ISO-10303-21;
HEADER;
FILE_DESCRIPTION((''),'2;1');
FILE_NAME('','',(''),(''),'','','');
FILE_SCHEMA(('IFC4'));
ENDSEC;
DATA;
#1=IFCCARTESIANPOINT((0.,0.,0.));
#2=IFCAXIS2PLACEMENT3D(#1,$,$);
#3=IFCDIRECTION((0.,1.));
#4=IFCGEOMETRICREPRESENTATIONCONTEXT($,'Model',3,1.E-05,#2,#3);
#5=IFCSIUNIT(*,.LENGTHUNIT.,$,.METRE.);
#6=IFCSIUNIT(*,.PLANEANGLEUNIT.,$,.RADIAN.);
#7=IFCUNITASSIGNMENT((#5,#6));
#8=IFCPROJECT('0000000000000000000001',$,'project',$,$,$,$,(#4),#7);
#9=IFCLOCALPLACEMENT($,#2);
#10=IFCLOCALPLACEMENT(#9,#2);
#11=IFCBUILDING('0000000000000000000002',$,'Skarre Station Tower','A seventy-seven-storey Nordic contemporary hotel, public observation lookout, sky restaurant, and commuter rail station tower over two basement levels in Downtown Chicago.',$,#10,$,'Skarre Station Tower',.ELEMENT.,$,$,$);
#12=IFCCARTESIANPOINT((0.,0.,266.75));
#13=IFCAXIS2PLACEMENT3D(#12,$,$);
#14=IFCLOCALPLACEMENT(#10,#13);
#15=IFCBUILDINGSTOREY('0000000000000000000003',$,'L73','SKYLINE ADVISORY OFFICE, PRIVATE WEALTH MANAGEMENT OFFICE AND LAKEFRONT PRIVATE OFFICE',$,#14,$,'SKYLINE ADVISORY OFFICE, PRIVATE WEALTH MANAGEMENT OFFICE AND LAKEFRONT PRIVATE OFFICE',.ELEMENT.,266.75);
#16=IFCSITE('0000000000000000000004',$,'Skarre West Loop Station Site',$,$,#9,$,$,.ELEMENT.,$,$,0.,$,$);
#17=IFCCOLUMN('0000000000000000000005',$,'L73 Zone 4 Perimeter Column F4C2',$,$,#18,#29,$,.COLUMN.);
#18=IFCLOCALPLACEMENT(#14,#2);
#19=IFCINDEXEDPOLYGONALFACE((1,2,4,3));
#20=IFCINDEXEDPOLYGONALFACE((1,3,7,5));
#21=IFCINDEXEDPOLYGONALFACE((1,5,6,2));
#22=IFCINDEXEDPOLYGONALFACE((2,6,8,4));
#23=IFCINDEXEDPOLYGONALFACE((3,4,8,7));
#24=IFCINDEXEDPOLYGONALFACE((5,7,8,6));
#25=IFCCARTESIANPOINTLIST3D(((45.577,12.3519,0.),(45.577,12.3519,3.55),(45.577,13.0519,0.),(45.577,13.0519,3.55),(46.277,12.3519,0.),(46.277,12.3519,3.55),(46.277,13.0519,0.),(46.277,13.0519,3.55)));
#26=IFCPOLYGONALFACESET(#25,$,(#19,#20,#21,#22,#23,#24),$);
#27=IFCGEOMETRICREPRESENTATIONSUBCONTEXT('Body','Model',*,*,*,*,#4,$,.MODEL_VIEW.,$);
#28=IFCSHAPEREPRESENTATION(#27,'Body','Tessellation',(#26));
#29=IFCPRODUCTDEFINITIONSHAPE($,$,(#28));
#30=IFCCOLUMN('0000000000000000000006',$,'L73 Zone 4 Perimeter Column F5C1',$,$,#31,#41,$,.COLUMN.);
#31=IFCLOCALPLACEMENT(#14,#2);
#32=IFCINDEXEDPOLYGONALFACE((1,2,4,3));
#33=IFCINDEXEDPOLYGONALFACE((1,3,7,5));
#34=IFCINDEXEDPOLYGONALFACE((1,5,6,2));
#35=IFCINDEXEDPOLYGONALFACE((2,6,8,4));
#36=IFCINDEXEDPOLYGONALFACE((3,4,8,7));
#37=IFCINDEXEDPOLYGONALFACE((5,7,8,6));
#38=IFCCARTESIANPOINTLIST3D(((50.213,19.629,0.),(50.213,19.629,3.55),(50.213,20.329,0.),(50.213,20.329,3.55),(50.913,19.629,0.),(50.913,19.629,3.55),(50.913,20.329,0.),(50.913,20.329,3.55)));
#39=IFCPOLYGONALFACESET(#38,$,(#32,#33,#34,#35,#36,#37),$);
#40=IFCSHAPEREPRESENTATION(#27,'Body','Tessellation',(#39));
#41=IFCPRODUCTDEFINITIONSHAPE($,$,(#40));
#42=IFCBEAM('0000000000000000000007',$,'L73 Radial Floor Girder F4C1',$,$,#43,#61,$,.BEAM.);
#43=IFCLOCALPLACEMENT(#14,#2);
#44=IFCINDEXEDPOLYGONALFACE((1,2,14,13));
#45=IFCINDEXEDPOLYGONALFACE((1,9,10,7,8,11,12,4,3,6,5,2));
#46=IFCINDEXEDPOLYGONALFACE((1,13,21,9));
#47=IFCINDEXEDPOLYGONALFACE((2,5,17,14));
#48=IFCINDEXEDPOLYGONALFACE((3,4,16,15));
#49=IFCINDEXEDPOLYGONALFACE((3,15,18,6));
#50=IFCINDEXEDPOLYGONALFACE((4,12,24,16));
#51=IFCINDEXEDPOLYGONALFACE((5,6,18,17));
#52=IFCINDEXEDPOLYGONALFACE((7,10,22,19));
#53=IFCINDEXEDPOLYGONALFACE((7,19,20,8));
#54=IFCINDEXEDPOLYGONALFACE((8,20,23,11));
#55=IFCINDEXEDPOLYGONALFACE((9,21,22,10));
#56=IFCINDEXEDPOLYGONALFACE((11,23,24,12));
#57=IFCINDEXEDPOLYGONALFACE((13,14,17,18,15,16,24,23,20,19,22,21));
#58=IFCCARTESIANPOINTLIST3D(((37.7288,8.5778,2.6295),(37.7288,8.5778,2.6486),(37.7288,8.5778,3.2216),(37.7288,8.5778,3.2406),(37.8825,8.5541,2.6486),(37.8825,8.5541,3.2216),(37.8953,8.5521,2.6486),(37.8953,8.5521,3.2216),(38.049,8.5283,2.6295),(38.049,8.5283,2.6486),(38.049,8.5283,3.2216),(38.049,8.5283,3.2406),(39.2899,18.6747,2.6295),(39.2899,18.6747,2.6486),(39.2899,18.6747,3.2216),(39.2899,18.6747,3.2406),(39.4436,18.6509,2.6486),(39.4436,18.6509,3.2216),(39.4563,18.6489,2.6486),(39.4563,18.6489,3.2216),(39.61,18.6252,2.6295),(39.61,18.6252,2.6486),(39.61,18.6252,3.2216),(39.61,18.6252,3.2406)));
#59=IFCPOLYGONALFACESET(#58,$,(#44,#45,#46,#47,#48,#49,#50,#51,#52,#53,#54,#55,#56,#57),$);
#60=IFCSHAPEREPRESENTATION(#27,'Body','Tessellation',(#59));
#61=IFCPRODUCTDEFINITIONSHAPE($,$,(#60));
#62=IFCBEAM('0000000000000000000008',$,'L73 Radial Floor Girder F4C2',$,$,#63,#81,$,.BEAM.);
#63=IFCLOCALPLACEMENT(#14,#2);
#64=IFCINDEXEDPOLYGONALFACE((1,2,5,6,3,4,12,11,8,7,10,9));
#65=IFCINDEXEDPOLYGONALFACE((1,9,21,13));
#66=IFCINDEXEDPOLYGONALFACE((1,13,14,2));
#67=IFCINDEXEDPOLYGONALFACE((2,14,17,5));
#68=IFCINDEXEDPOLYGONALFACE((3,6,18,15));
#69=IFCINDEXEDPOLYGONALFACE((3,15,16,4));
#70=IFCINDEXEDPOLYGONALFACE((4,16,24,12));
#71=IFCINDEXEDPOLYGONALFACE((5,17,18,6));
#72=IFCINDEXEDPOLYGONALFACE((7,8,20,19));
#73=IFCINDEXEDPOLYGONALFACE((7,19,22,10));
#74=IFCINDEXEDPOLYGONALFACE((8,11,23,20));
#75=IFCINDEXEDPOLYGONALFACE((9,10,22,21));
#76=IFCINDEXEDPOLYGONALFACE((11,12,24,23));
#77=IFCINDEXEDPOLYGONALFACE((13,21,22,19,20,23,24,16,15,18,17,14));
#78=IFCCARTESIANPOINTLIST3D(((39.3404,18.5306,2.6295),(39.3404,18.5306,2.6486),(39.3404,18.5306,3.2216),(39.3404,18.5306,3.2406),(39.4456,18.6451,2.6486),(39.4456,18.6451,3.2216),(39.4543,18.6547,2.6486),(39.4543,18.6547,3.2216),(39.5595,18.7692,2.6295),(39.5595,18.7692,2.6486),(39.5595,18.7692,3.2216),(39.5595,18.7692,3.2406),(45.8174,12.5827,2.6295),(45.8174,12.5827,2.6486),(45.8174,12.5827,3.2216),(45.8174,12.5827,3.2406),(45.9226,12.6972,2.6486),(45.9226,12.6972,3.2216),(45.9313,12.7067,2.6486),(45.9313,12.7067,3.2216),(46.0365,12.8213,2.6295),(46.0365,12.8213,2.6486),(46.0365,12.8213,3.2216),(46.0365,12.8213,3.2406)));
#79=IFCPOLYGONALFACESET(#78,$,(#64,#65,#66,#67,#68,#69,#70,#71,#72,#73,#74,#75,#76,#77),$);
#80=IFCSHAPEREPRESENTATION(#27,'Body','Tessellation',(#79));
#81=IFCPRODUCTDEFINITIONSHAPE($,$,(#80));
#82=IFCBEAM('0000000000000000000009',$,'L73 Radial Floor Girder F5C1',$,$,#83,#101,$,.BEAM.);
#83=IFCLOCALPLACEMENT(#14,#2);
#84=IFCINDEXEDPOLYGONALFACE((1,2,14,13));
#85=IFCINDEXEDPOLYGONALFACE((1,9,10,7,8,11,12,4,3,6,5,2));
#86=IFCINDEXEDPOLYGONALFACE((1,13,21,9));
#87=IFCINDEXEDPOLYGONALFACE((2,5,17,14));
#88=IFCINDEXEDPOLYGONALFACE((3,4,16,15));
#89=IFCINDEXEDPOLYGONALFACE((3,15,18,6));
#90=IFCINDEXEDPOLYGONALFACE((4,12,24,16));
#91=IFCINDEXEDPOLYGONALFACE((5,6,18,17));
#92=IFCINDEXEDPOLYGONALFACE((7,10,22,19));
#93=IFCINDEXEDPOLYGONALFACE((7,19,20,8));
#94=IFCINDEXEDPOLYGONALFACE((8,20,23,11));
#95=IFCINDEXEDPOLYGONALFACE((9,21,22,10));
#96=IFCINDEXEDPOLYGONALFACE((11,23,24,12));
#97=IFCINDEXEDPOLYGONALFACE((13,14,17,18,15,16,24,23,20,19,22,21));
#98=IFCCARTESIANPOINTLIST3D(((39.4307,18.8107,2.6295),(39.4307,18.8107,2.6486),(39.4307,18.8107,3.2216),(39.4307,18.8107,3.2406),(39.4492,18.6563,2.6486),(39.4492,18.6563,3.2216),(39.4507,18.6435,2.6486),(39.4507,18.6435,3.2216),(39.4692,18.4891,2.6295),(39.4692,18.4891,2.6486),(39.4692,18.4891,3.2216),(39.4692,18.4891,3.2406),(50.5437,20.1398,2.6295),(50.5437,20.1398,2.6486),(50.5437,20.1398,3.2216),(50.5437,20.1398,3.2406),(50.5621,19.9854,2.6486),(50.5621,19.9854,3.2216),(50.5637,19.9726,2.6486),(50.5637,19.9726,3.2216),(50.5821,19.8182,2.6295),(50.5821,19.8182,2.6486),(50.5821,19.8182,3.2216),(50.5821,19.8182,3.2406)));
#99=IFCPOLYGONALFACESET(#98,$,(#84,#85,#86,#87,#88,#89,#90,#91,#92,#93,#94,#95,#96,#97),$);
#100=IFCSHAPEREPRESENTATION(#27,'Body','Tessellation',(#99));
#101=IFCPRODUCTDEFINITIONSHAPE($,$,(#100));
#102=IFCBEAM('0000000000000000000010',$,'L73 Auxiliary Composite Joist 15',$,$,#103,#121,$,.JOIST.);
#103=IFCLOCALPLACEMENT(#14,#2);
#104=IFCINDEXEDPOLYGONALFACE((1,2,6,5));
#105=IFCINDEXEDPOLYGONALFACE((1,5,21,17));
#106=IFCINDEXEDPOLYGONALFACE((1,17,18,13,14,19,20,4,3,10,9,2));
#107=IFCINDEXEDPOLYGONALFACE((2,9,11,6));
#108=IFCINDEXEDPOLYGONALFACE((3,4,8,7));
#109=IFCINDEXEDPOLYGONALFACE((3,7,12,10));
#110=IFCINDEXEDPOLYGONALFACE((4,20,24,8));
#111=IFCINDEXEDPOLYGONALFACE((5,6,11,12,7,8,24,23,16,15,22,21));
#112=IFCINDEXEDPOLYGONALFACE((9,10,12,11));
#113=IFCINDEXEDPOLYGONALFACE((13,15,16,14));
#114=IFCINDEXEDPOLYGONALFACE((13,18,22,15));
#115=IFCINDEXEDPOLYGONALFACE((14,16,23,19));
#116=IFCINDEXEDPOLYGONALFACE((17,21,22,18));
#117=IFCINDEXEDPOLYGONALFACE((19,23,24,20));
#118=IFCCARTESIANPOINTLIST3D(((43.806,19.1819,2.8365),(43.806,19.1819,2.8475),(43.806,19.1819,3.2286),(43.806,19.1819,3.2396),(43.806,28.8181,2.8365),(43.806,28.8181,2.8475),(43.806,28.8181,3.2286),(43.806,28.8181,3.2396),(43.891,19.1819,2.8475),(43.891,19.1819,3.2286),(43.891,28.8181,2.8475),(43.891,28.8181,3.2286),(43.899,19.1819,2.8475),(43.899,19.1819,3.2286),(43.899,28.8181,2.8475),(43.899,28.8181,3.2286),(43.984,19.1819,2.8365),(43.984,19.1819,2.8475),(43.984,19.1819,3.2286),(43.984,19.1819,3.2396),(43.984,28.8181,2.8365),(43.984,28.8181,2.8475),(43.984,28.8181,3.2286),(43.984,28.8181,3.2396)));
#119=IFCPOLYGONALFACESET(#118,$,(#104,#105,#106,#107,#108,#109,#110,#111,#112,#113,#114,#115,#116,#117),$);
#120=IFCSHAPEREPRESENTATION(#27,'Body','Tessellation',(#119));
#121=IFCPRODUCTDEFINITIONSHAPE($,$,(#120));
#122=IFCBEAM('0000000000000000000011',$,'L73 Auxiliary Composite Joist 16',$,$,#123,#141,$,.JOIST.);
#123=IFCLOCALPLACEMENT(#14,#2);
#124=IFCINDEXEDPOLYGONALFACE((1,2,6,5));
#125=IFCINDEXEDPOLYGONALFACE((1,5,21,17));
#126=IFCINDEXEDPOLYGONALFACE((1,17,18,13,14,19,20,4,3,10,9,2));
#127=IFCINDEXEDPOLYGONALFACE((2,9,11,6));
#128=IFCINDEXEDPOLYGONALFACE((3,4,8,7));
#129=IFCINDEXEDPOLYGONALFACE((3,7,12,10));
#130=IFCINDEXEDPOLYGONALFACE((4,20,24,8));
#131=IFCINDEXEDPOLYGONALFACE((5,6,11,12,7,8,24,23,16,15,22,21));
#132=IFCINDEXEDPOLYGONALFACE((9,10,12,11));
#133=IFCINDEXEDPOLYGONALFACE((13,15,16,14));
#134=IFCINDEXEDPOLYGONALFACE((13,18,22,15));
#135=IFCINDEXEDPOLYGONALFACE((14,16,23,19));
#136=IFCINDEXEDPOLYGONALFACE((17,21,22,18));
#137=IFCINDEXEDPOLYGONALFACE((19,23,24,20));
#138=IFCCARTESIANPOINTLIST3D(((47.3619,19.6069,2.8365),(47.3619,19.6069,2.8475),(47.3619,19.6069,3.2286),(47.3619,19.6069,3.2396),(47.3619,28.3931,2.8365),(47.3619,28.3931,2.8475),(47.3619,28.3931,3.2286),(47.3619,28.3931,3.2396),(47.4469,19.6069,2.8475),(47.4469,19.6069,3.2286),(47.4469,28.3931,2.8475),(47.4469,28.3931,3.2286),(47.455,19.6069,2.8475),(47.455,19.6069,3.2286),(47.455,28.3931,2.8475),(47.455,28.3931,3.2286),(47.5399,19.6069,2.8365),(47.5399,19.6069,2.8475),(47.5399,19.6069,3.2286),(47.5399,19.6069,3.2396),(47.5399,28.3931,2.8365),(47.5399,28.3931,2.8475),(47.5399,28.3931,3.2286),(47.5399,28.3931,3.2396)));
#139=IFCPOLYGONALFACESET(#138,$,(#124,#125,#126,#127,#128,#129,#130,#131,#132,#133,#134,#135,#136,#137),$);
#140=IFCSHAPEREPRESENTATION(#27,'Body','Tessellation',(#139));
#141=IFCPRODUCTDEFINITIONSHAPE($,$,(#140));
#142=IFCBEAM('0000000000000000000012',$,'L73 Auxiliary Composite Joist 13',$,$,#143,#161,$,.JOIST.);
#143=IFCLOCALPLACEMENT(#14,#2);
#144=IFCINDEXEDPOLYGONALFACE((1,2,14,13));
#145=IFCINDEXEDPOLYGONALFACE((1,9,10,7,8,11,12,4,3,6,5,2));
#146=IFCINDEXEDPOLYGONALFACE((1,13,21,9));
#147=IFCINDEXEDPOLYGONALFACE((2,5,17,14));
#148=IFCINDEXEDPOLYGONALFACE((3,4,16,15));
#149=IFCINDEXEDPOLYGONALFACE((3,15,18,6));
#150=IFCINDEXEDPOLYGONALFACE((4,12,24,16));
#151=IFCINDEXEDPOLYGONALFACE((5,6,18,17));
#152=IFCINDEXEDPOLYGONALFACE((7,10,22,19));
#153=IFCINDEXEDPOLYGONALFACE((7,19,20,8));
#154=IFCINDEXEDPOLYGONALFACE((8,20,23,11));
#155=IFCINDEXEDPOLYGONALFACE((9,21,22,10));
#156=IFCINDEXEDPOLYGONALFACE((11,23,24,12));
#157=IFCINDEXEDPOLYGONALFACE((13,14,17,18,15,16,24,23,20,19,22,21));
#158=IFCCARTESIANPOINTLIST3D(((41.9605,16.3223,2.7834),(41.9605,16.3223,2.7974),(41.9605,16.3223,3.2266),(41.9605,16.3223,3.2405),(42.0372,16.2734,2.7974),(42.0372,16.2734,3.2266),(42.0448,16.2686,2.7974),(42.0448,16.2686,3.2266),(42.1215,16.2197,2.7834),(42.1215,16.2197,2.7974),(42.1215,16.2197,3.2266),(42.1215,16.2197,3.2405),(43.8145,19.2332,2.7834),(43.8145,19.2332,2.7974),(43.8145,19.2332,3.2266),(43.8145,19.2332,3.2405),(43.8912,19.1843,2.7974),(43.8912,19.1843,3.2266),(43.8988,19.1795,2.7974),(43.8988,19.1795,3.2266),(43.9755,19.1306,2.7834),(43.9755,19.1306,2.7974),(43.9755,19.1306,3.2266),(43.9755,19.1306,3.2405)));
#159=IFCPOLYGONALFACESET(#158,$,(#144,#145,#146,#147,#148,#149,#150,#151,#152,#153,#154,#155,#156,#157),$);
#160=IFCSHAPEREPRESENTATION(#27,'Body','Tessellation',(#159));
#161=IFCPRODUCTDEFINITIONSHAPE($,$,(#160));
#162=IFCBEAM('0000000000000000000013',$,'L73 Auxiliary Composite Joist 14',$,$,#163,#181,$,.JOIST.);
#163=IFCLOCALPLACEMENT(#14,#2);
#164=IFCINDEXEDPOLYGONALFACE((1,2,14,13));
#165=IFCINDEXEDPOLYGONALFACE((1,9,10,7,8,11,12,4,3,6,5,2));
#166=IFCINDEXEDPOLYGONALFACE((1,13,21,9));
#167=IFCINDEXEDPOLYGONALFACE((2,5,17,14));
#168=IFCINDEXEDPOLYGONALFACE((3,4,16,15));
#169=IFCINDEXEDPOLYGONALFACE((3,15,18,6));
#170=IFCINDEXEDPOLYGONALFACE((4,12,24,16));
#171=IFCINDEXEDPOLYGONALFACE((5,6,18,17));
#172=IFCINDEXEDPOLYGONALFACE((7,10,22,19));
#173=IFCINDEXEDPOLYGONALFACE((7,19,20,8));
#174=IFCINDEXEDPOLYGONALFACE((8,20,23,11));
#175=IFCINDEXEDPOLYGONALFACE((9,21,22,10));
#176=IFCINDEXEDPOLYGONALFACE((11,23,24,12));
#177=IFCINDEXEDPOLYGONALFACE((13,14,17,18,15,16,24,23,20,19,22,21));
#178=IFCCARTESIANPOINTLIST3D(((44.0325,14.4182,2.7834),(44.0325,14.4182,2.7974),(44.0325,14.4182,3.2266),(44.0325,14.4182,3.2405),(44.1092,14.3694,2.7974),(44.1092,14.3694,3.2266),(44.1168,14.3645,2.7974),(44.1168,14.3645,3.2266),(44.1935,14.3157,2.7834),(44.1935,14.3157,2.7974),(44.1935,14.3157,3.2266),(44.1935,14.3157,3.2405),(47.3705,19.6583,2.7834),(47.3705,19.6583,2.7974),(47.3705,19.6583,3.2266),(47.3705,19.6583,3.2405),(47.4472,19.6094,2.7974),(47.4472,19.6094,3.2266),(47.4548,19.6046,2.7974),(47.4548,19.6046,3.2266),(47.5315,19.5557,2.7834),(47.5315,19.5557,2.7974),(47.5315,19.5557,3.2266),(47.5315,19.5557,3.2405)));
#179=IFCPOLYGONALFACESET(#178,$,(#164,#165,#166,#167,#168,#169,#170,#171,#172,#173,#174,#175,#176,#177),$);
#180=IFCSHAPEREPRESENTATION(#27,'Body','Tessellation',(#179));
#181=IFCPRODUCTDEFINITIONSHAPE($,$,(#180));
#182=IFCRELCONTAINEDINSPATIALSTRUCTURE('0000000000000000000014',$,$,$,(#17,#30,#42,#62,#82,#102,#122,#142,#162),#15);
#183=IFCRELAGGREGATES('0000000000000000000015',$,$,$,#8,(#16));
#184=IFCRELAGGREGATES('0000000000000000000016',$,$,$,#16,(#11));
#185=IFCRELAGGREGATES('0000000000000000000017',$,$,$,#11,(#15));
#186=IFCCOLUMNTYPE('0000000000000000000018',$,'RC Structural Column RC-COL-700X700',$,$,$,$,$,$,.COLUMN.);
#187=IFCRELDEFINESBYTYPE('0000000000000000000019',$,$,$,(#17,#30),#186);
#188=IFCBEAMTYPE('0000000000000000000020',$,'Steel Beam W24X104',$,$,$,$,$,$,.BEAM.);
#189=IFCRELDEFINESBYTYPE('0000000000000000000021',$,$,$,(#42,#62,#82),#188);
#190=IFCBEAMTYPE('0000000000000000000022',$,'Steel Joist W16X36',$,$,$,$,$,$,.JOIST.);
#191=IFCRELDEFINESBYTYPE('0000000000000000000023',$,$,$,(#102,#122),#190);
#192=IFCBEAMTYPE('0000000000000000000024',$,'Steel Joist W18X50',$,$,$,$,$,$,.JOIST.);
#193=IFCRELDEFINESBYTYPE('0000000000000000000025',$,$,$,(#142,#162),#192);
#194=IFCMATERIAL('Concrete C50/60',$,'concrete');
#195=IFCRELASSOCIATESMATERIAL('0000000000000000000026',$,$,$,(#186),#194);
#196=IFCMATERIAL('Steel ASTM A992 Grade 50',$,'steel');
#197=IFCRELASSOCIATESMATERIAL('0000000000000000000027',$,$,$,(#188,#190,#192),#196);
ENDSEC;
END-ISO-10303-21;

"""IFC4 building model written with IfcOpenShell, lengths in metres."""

from ifc_helpers import new_model, si_unit, direction, frame, origin, origin_2d, place, context, subcontext, project, spatial, rectangle, i_section, extrude, material, material_profile, profile_set, type_object, element, save


model = new_model("IFC4")

# Units and contexts
model_context = context("Model", 3, precision=1e-05, world=origin(), true_north=direction((0.0, 1.0)))
body_context = subcontext(model_context, "Body", "Model", "MODEL_VIEW")
ifc_project = project(units=[si_unit("LENGTHUNIT", "METRE"), si_unit("PLANEANGLEUNIT", "RADIAN")], contexts=[model_context])

# Site, building, storey
site_placement = place(None, origin())
site = spatial("IfcSite", under=ifc_project, at=site_placement, Name="Skarre West Loop Station Site", CompositionType="ELEMENT", RefElevation=0.0)
building_placement = place(site_placement, origin())
building = spatial("IfcBuilding", under=site, at=building_placement, Name="Skarre Station Tower", Description="A seventy-seven-storey Nordic contemporary hotel, public observation lookout, sky restaurant, and commuter rail station tower over two basement levels in Downtown Chicago.", LongName="Skarre Station Tower", CompositionType="ELEMENT")
storey_placement = place(building_placement, frame((0.0, 0.0, 266.75)))
storey = spatial("IfcBuildingStorey", under=building, at=storey_placement, Name="L73", Description="SKYLINE ADVISORY OFFICE, PRIVATE WEALTH MANAGEMENT OFFICE AND LAKEFRONT PRIVATE OFFICE", LongName="SKYLINE ADVISORY OFFICE, PRIVATE WEALTH MANAGEMENT OFFICE AND LAKEFRONT PRIVATE OFFICE", CompositionType="ELEMENT", Elevation=266.75)

# Columns
ifc_material_1 = material(Name="Concrete C50/60", Category="concrete")
ifc_material_profile_1 = material_profile(ifc_material_1, rectangle(XDim=0.7, YDim=0.7, at=origin_2d()), Name="Concrete C50/60")
ifc_profile_set_1 = profile_set([ifc_material_profile_1], Name="Concrete C50/60")
column_type = type_object("IfcColumnType", Name="RC Structural Column RC-COL-700X700", PredefinedType="COLUMN", material=ifc_profile_set_1)
for number, where, z_axis, x_axis, name in (
    (1, (45.927, 12.7019, 0.0), (0.0, 0.0, 1.0), (1.0, 0.0, 0.0), "L73 Zone 4 Perimeter Column F4C2"),
    (2, (50.563, 19.979, 0.0), (0.0, 0.0, 1.0), (1.0, 0.0, 0.0), "L73 Zone 4 Perimeter Column F5C1"),
):
    element("IfcColumn", number, at=place(storey_placement, frame(where, z_axis=z_axis, x_axis=x_axis)), inside=storey, type_object=column_type, Name=name, PredefinedType="COLUMN", context=body_context, shape_type="SweptSolid", body=[
        extrude(rectangle(XDim=0.7, YDim=0.7, at=origin_2d()), origin(), (0.0, 0.0, 1.0), 3.55),
    ])

# Beams
ifc_material_2 = material(Name="Steel ASTM A992 Grade 50", Category="steel")
ifc_material_profile_2 = material_profile(ifc_material_2, i_section(OverallWidth=0.324, OverallDepth=0.6111, WebThickness=0.0129, FlangeThickness=0.019, at=origin_2d()), Name="Steel ASTM A992 Grade 50")
ifc_profile_set_2 = profile_set([ifc_material_profile_2], Name="Steel ASTM A992 Grade 50")
beam_type_1 = type_object("IfcBeamType", Name="Steel Beam W24X104", PredefinedType="BEAM", material=ifc_profile_set_2)
beam_1_placement = place(storey_placement, frame((39.45, 18.6499, 2.9351), z_axis=(-0.15279, -0.988259, 0.0), x_axis=(0.988259, -0.15279, 0.0)))
element("IfcBeam", 3, at=beam_1_placement, inside=storey, type_object=beam_type_1, Name="L73 Radial Floor Girder F4C1", PredefinedType="BEAM", context=body_context, shape_type="SweptSolid", body=[
    extrude(i_section(OverallWidth=0.324, OverallDepth=0.6111, WebThickness=0.0129, FlangeThickness=0.019, at=origin_2d()), origin(), (0.0, 0.0, 1.0), 10.2168),
])
beam_2_placement = place(storey_placement, frame((39.45, 18.6499, 2.9351), z_axis=(0.736548, -0.676386, 0.0), x_axis=(0.676386, 0.736548, 0.0)))
element("IfcBeam", 4, at=beam_2_placement, inside=storey, type_object=beam_type_1, Name="L73 Radial Floor Girder F4C2", PredefinedType="BEAM", context=body_context, shape_type="SweptSolid", body=[
    extrude(i_section(OverallWidth=0.324, OverallDepth=0.6111, WebThickness=0.0129, FlangeThickness=0.019, at=origin_2d()), origin(), (0.0, 0.0, 1.0), 8.7937),
])
beam_3_placement = place(storey_placement, frame((39.45, 18.6499, 2.9351), z_axis=(0.992924, 0.118752, 0.0), x_axis=(-0.118752, 0.992924, 0.0)))
element("IfcBeam", 5, at=beam_3_placement, inside=storey, type_object=beam_type_1, Name="L73 Radial Floor Girder F5C1", PredefinedType="BEAM", context=body_context, shape_type="SweptSolid", body=[
    extrude(i_section(OverallWidth=0.324, OverallDepth=0.6111, WebThickness=0.0129, FlangeThickness=0.019, at=origin_2d()), origin(), (0.0, 0.0, 1.0), 11.1921),
])
ifc_material_profile_3 = material_profile(ifc_material_2, i_section(OverallWidth=0.178, OverallDepth=0.4031, WebThickness=0.0081, FlangeThickness=0.011, at=origin_2d()), Name="Steel ASTM A992 Grade 50")
ifc_profile_set_3 = profile_set([ifc_material_profile_3], Name="Steel ASTM A992 Grade 50")
beam_type_2 = type_object("IfcBeamType", Name="Steel Joist W16X36", PredefinedType="JOIST", material=ifc_profile_set_3)
beam_4_placement = place(storey_placement, frame((43.895, 19.1819, 3.0381), z_axis=(0.0, 1.0, 0.0), x_axis=(-1.0, 0.0, 0.0)))
element("IfcBeam", 6, at=beam_4_placement, inside=storey, type_object=beam_type_2, Name="L73 Auxiliary Composite Joist 15", PredefinedType="JOIST", context=body_context, shape_type="SweptSolid", body=[
    extrude(i_section(OverallWidth=0.178, OverallDepth=0.4031, WebThickness=0.0081, FlangeThickness=0.011, at=origin_2d()), origin(), (0.0, 0.0, 1.0), 9.6362),
])
beam_5_placement = place(storey_placement, frame((47.4509, 19.6069, 3.0381), z_axis=(0.0, 1.0, 0.0), x_axis=(-1.0, 0.0, 0.0)))
element("IfcBeam", 7, at=beam_5_placement, inside=storey, type_object=beam_type_2, Name="L73 Auxiliary Composite Joist 16", PredefinedType="JOIST", context=body_context, shape_type="SweptSolid", body=[
    extrude(i_section(OverallWidth=0.178, OverallDepth=0.4031, WebThickness=0.0081, FlangeThickness=0.011, at=origin_2d()), origin(), (0.0, 0.0, 1.0), 8.7861),
])
ifc_material_profile_4 = material_profile(ifc_material_2, i_section(OverallWidth=0.1909, OverallDepth=0.457, WebThickness=0.009, FlangeThickness=0.0139, at=origin_2d()), Name="Steel ASTM A992 Grade 50")
ifc_profile_set_4 = profile_set([ifc_material_profile_4], Name="Steel ASTM A992 Grade 50")
beam_type_3 = type_object("IfcBeamType", Name="Steel Joist W18X50", PredefinedType="JOIST", material=ifc_profile_set_4)
beam_6_placement = place(storey_placement, frame((42.041, 16.271, 3.012), z_axis=(0.53721, 0.843449, 0.0), x_axis=(-0.843449, 0.53721, 0.0)))
element("IfcBeam", 8, at=beam_6_placement, inside=storey, type_object=beam_type_3, Name="L73 Auxiliary Composite Joist 13", PredefinedType="JOIST", context=body_context, shape_type="SweptSolid", body=[
    extrude(i_section(OverallWidth=0.1909, OverallDepth=0.457, WebThickness=0.009, FlangeThickness=0.0139, at=origin_2d()), origin(), (0.0, 0.0, 1.0), 3.4512),
])
beam_7_placement = place(storey_placement, frame((44.113, 14.3669, 3.012), z_axis=(0.537259, 0.843417, 0.0), x_axis=(-0.843417, 0.537259, 0.0)))
element("IfcBeam", 9, at=beam_7_placement, inside=storey, type_object=beam_type_3, Name="L73 Auxiliary Composite Joist 14", PredefinedType="JOIST", context=body_context, shape_type="SweptSolid", body=[
    extrude(i_section(OverallWidth=0.1909, OverallDepth=0.457, WebThickness=0.009, FlangeThickness=0.0139, at=origin_2d()), origin(), (0.0, 0.0, 1.0), 6.2129),
])

save(model, "model.ifc")
